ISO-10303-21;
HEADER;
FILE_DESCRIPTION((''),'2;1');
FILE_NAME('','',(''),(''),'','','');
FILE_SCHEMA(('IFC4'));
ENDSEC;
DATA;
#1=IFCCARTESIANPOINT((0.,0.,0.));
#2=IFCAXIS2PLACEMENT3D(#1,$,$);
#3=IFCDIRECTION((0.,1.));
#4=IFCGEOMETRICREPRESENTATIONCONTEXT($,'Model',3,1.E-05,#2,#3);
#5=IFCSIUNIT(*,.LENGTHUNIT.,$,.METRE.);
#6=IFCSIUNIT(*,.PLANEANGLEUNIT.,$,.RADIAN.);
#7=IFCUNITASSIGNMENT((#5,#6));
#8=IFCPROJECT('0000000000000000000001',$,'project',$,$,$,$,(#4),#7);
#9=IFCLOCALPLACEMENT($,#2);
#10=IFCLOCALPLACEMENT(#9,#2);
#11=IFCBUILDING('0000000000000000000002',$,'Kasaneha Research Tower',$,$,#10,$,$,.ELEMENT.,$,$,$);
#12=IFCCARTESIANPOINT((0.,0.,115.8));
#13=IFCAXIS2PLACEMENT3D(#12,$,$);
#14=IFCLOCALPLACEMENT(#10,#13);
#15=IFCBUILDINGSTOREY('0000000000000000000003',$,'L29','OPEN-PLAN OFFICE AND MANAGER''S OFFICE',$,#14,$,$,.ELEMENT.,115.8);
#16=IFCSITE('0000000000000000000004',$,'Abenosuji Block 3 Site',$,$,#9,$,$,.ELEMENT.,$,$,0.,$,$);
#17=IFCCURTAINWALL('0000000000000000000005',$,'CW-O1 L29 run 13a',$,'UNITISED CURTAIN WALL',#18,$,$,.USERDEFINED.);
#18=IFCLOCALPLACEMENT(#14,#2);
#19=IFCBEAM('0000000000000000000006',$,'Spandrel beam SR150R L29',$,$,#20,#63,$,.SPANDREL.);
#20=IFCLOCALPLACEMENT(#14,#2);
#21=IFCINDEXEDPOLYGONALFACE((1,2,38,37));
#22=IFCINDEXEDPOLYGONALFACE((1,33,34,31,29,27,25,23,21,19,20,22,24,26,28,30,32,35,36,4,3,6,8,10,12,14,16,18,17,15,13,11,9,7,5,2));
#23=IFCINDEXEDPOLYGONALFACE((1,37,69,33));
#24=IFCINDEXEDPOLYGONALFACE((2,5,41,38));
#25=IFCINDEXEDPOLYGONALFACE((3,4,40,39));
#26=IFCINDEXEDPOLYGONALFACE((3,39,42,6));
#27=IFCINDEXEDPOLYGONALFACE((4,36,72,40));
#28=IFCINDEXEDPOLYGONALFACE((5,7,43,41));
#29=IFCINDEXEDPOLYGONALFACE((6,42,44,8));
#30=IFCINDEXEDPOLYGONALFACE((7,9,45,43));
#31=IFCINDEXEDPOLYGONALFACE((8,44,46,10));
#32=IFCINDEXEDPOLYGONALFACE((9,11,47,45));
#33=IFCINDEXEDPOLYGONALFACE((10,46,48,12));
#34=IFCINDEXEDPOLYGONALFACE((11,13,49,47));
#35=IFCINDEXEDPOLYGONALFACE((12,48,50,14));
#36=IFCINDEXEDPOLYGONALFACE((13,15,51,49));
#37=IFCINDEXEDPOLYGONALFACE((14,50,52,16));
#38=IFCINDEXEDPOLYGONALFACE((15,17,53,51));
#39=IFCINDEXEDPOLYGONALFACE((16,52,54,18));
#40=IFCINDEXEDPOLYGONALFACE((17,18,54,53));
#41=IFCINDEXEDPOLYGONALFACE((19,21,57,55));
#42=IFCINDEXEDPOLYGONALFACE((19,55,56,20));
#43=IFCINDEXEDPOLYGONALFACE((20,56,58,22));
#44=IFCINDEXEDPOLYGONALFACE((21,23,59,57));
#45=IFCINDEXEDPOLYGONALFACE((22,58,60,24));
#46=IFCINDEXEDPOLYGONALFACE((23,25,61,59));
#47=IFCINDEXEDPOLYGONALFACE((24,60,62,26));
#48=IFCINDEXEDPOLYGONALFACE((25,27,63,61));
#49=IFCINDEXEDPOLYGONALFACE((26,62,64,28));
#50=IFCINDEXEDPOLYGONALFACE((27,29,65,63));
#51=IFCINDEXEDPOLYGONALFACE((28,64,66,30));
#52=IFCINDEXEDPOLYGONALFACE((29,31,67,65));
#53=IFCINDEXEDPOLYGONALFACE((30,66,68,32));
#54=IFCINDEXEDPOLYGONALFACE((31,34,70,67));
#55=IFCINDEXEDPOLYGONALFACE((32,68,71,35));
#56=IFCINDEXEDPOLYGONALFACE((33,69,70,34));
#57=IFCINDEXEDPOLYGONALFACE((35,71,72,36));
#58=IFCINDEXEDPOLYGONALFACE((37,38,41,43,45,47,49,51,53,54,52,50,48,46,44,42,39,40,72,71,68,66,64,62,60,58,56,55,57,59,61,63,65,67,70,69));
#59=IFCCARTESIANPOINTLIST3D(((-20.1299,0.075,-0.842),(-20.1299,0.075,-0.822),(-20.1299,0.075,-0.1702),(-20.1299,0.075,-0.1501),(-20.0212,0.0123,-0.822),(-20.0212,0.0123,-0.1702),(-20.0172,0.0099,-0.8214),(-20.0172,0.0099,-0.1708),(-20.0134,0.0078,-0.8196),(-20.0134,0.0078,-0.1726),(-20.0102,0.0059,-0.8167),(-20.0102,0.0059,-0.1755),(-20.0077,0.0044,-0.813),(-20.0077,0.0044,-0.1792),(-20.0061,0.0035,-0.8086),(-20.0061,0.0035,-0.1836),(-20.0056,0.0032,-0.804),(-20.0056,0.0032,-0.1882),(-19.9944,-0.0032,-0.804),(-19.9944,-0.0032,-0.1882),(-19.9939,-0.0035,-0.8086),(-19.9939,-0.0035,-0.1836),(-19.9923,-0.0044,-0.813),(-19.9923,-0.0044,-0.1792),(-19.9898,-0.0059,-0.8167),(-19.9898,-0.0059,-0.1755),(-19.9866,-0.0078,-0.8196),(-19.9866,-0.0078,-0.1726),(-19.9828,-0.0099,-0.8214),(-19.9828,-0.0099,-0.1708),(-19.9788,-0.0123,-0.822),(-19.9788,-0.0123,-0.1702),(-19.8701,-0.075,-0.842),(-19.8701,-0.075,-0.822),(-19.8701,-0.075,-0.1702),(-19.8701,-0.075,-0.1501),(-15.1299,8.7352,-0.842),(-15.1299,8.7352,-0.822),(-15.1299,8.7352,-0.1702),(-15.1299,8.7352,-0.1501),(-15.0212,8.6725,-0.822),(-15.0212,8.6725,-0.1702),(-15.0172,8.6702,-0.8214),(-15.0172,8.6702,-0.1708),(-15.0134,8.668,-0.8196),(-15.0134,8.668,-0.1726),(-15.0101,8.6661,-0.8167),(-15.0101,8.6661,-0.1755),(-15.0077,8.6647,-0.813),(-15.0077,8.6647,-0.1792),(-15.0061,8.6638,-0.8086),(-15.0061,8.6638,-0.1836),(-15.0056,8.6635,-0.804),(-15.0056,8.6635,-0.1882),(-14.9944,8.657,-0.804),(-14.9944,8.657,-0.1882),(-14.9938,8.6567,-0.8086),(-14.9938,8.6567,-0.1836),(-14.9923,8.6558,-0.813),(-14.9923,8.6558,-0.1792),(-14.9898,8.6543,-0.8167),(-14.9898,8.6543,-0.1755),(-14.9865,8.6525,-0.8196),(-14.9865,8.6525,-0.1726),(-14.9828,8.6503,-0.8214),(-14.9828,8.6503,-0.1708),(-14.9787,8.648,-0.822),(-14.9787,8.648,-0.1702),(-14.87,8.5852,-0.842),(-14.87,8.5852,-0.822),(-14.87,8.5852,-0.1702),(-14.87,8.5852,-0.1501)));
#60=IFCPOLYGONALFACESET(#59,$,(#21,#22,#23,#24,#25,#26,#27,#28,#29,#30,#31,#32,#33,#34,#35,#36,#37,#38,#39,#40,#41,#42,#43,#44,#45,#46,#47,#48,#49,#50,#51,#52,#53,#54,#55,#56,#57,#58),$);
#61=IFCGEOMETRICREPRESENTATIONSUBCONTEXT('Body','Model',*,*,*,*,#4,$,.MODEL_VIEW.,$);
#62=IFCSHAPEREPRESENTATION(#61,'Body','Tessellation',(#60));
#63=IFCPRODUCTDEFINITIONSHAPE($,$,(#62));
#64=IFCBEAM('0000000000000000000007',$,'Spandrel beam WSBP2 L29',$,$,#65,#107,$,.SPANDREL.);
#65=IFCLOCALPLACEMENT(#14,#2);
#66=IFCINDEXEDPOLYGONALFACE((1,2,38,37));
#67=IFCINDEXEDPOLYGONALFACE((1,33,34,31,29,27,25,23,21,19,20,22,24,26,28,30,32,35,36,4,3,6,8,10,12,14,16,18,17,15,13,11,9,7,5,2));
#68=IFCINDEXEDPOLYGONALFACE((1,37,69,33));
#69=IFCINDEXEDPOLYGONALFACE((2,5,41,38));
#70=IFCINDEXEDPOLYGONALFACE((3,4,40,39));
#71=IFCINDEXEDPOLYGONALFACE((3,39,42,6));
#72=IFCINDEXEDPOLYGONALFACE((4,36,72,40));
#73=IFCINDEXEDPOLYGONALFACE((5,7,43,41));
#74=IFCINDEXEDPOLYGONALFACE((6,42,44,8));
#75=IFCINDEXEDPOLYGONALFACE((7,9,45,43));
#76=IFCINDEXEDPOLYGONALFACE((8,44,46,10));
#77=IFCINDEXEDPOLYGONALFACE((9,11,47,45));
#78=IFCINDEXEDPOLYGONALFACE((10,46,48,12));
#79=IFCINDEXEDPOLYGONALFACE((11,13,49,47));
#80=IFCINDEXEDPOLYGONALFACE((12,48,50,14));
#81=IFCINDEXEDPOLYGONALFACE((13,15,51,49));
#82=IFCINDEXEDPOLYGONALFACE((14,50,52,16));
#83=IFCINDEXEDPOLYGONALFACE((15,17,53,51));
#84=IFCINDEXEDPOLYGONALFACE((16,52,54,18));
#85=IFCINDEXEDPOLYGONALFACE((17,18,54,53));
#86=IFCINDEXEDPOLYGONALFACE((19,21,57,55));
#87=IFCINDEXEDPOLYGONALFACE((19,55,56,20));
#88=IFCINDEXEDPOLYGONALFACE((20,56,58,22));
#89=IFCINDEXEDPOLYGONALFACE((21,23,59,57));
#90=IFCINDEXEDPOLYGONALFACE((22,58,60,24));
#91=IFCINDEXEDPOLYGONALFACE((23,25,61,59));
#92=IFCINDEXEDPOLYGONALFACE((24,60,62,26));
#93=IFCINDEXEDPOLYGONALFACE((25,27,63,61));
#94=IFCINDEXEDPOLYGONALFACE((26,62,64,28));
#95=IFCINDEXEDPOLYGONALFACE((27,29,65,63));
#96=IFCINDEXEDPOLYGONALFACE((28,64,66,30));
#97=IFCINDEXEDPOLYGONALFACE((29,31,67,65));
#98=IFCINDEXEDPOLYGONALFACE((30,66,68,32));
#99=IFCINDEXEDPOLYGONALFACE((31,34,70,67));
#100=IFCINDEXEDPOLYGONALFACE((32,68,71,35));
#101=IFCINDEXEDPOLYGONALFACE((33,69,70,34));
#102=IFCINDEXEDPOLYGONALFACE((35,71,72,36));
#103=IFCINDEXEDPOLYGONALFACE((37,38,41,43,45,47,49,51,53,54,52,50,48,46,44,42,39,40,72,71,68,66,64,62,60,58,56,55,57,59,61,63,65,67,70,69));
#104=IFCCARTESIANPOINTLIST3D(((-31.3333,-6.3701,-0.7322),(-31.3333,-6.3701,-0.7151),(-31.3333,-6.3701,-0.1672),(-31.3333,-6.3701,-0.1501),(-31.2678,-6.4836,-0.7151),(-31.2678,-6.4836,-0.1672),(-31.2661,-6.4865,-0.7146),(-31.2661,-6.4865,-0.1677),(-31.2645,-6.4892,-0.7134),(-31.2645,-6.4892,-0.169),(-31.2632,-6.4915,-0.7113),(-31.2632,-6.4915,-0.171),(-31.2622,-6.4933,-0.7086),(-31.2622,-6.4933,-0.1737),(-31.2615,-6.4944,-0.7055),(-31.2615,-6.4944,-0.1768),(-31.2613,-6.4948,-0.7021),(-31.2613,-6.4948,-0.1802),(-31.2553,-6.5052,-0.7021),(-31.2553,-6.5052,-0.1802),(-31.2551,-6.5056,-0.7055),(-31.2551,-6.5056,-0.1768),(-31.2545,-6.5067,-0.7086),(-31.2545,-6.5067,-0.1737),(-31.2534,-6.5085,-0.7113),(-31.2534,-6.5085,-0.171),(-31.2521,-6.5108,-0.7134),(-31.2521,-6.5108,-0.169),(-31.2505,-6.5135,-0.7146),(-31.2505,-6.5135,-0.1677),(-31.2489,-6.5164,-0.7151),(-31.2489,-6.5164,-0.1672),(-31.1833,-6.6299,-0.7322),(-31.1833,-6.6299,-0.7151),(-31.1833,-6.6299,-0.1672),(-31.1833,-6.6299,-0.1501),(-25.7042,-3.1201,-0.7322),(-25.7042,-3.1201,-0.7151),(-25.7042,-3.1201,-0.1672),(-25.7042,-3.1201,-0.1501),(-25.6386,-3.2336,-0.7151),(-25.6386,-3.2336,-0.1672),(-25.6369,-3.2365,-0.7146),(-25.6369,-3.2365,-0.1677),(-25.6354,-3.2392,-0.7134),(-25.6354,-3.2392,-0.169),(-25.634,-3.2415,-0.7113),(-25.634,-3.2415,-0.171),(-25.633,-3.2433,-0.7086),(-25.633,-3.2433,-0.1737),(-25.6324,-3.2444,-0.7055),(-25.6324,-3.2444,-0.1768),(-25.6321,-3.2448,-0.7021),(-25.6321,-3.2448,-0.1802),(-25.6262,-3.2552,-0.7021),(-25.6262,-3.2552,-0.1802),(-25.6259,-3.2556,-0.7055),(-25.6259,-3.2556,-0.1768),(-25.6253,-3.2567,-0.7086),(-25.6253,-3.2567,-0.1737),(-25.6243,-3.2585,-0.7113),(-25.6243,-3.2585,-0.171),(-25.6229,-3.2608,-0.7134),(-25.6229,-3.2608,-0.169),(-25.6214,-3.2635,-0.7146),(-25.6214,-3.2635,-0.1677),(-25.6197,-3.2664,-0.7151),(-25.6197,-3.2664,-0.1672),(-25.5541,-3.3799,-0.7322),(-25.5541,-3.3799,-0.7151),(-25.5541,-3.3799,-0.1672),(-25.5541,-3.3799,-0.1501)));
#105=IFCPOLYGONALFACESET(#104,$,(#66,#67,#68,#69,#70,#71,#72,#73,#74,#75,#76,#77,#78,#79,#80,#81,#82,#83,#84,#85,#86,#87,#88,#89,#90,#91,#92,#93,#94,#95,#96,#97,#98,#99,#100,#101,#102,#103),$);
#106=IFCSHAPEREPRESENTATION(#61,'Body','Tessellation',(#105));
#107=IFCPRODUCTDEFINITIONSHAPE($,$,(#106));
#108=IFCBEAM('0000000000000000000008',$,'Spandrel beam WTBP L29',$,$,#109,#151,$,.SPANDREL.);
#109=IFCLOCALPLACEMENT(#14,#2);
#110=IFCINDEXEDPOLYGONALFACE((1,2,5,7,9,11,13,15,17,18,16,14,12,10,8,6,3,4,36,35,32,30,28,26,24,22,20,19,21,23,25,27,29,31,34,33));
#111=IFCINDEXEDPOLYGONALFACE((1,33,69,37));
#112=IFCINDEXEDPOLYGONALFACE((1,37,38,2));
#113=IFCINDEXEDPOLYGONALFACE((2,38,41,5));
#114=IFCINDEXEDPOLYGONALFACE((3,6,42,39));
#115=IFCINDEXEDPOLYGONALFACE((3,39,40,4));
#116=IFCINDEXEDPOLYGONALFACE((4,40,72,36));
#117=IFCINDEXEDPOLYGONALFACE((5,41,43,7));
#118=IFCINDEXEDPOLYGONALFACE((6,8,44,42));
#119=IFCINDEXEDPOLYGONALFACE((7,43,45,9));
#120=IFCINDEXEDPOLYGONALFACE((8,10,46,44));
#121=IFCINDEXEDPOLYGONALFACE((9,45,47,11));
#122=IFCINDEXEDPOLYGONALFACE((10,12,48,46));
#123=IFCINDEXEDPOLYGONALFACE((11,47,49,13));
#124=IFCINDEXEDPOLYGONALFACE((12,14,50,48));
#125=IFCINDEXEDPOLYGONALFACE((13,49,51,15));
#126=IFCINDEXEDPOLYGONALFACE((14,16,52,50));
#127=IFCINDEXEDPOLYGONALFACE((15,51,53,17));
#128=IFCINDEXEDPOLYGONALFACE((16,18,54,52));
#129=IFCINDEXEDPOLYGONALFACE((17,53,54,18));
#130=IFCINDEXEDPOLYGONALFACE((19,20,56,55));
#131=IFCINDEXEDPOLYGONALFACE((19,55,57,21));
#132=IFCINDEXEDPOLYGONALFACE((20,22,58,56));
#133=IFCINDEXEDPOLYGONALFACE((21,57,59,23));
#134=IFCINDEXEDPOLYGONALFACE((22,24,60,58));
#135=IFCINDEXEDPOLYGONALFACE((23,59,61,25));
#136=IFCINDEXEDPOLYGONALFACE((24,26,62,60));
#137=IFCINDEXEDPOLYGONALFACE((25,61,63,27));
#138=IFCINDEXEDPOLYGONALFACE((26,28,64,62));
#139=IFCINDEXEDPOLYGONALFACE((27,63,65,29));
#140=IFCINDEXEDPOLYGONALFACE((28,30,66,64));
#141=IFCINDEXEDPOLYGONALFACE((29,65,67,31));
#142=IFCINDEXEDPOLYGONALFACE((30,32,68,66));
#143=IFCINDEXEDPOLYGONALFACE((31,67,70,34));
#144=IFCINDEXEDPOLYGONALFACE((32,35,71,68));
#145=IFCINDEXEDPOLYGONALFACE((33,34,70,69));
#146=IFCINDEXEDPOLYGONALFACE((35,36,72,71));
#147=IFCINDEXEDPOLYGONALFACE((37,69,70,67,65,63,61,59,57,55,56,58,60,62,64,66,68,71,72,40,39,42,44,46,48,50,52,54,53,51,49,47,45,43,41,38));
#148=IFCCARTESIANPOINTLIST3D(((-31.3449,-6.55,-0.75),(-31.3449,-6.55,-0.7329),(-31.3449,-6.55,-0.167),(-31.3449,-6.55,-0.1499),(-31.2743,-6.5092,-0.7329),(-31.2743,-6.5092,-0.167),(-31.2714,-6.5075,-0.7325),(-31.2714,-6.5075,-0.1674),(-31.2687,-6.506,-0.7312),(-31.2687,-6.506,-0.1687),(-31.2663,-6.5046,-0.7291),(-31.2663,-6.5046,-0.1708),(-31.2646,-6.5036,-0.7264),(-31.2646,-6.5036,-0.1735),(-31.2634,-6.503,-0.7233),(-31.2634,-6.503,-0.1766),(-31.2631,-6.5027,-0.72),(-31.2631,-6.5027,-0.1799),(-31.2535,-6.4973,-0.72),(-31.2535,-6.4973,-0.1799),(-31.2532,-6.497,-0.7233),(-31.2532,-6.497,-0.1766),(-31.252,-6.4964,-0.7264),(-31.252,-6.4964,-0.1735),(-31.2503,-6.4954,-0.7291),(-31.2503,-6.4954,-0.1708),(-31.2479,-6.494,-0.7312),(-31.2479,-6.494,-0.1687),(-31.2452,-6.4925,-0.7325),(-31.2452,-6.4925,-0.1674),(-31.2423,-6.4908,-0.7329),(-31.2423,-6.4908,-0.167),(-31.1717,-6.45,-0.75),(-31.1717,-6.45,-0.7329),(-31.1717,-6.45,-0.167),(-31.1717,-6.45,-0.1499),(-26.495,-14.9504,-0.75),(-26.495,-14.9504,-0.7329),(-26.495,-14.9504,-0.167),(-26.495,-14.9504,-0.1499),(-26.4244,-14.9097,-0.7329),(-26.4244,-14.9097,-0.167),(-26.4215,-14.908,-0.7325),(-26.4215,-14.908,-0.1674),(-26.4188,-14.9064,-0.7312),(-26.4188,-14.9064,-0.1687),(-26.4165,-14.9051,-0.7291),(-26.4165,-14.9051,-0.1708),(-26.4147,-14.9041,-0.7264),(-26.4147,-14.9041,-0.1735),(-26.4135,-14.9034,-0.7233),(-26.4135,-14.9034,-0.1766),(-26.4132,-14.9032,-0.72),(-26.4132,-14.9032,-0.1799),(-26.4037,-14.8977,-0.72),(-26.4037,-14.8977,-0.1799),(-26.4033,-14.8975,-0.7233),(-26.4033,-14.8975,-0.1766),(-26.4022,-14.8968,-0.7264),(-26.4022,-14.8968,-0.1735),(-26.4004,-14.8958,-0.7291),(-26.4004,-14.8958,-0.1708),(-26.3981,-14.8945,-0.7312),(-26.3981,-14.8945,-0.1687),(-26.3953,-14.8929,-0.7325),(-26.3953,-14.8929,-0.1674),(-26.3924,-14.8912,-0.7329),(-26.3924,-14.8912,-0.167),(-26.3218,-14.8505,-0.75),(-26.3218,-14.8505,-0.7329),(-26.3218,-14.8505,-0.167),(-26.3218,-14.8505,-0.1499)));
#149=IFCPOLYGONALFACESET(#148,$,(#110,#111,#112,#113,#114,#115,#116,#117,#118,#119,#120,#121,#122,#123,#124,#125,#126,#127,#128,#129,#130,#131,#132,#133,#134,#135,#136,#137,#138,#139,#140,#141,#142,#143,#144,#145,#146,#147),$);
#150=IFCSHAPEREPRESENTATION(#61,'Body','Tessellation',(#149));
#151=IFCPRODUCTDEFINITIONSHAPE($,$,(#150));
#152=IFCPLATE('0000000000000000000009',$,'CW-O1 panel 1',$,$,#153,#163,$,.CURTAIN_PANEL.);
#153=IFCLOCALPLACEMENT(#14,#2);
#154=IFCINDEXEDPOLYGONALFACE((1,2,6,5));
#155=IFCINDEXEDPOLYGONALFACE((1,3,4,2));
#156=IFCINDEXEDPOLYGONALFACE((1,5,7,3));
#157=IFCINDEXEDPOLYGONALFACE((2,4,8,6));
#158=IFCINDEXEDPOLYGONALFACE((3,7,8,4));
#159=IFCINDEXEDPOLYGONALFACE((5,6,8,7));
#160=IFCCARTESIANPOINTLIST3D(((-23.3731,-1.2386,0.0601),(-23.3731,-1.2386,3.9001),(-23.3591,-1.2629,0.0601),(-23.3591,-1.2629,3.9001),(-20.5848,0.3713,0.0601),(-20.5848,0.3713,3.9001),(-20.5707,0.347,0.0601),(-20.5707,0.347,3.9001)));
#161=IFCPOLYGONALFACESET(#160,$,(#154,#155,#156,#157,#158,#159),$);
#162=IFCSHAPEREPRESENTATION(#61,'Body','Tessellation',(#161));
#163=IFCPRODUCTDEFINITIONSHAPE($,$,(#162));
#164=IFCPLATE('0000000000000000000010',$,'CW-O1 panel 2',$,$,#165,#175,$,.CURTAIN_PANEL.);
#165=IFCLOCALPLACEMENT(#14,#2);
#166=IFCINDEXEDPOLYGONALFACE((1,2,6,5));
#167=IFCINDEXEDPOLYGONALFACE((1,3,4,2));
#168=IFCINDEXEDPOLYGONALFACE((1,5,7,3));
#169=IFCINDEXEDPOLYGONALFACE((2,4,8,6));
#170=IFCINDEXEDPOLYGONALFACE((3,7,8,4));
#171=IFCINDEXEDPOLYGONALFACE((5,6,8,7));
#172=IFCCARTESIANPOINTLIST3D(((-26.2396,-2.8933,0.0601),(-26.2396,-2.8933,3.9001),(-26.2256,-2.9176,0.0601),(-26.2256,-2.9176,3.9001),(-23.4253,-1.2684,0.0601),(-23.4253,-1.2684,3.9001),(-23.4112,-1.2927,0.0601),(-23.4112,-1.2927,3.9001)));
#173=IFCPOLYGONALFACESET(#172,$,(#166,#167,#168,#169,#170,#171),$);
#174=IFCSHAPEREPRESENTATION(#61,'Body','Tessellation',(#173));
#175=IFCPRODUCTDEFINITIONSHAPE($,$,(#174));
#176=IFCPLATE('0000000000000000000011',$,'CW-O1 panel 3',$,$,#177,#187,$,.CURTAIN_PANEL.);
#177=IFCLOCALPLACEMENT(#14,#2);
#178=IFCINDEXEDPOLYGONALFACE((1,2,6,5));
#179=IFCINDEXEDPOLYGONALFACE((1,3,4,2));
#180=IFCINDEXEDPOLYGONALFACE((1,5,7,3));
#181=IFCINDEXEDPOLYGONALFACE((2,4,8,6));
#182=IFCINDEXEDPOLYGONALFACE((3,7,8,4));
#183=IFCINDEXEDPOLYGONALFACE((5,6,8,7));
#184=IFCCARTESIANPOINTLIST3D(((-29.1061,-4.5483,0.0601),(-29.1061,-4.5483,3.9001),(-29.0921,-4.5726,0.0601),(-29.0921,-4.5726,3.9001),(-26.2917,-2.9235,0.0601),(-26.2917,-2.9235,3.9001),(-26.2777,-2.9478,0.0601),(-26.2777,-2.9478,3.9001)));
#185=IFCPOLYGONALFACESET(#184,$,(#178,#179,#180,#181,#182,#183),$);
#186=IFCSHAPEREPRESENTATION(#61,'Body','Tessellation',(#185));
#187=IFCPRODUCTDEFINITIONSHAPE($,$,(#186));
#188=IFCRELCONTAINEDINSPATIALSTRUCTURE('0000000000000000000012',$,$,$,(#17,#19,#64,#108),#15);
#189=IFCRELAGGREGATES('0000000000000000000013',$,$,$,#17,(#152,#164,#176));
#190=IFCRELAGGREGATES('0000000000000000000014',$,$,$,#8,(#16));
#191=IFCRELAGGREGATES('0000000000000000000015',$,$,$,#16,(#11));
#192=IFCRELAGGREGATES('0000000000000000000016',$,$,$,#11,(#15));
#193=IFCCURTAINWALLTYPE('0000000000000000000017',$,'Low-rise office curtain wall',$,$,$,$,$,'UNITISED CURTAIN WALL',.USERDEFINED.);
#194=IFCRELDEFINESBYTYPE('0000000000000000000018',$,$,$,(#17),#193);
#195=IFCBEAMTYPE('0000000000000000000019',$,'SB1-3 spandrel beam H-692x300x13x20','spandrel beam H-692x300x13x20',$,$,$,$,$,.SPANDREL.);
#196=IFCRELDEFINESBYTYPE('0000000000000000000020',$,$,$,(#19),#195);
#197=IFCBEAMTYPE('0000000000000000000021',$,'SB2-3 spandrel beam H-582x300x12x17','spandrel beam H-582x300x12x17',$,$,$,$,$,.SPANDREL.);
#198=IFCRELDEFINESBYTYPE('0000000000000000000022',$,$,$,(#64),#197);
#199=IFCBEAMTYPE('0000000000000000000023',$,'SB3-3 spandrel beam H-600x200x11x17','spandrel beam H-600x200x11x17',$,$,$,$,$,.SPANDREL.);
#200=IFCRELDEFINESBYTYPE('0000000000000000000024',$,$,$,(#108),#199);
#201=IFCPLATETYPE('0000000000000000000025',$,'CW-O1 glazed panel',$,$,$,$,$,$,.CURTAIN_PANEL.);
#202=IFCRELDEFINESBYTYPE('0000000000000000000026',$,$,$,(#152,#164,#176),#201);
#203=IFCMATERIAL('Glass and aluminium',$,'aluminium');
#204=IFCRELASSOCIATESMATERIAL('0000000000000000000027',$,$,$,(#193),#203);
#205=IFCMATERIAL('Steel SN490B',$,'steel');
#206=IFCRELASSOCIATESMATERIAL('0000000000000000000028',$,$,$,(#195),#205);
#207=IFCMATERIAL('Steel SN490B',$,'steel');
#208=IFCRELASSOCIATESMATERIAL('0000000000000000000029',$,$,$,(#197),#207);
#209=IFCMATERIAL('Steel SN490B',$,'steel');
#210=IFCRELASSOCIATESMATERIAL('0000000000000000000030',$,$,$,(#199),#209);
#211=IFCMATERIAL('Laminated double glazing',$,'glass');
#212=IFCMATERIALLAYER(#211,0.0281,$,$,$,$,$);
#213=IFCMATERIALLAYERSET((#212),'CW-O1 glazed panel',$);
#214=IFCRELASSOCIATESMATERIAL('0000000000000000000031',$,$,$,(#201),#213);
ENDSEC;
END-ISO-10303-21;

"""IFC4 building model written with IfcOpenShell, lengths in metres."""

from ifc_helpers import new_model, si_unit, direction, frame, origin, origin_2d, place, context, subcontext, project, spatial, rectangle, i_section, extrude, material, layer, layer_set, material_profile, profile_set, type_object, element, aggregate, save


model = new_model("IFC4")

# Units and contexts
model_context = context("Model", 3, precision=1e-05, world=origin(), true_north=direction((0.0, 1.0)))
body_context = subcontext(model_context, "Body", "Model", "MODEL_VIEW")
ifc_project = project(units=[si_unit("LENGTHUNIT", "METRE"), si_unit("PLANEANGLEUNIT", "RADIAN")], contexts=[model_context])

# Site, building, storey
site_placement = place(None, origin())
site = spatial("IfcSite", under=ifc_project, at=site_placement, Name="Abenosuji Block 3 Site", CompositionType="ELEMENT", RefElevation=0.0)
building_placement = place(site_placement, origin())
building = spatial("IfcBuilding", under=site, at=building_placement, Name="Kasaneha Research Tower", CompositionType="ELEMENT")
storey_placement = place(building_placement, frame((0.0, 0.0, 115.8)))
storey = spatial("IfcBuildingStorey", under=building, at=storey_placement, Name="L29", Description="OPEN-PLAN OFFICE AND MANAGER'S OFFICE", CompositionType="ELEMENT", Elevation=115.8)

# Curtain wall
ifc_material_1 = material(Name="Glass and aluminium", Category="aluminium")
curtain_wall_type = type_object("IfcCurtainWallType", Name="Low-rise office curtain wall", ElementType="UNITISED CURTAIN WALL", PredefinedType="USERDEFINED", material=ifc_material_1)
curtain_wall_1_placement = place(storey_placement, origin())
curtain_wall_1 = element("IfcCurtainWall", 1, at=curtain_wall_1_placement, inside=storey, type_object=curtain_wall_type, Name="CW-O1 L29 run 13a", ObjectType="UNITISED CURTAIN WALL", PredefinedType="USERDEFINED")

# Beams
ifc_material_2 = material(Name="Steel SN490B", Category="steel")
ifc_material_profile_1 = material_profile(ifc_material_2, i_section(OverallWidth=0.3, OverallDepth=0.6919, WebThickness=0.0129, FlangeThickness=0.02, FilletRadius=0.0181, at=origin_2d()), Name="H-692x300x13x20")
ifc_profile_set_1 = profile_set([ifc_material_profile_1], Name="Steel SN490B")
beam_type_1 = type_object("IfcBeamType", Name="SB1-3 spandrel beam H-692x300x13x20", Description="spandrel beam H-692x300x13x20", PredefinedType="SPANDREL", material=ifc_profile_set_1)
beam_1_placement = place(storey_placement, frame((-20.0, 0.0, -0.4961), z_axis=(0.500004, 0.866023, 0.0), x_axis=(-0.866023, 0.500004, 0.0)))
element("IfcBeam", 2, at=beam_1_placement, inside=storey, type_object=beam_type_1, Name="Spandrel beam SR150R L29", PredefinedType="SPANDREL", context=body_context, shape_type="SweptSolid", body=[
    extrude(i_section(OverallWidth=0.3, OverallDepth=0.6919, WebThickness=0.0129, FlangeThickness=0.02, FilletRadius=0.0181, at=origin_2d()), origin(), (0.0, 0.0, 1.0), 10.0),
])
ifc_material_3 = material(Name="Steel SN490B", Category="steel")
ifc_material_profile_2 = material_profile(ifc_material_3, i_section(OverallWidth=0.3, OverallDepth=0.582, WebThickness=0.012, FlangeThickness=0.0171, FilletRadius=0.0129, at=origin_2d()), Name="H-582x300x12x17")
ifc_profile_set_2 = profile_set([ifc_material_profile_2], Name="Steel SN490B")
beam_type_2 = type_object("IfcBeamType", Name="SB2-3 spandrel beam H-582x300x12x17", Description="spandrel beam H-582x300x12x17", PredefinedType="SPANDREL", material=ifc_profile_set_2)
beam_2_placement = place(storey_placement, frame((-25.6292, -3.25, -0.4412), z_axis=(-0.866025, -0.500001, 0.0), x_axis=(0.500001, -0.866025, 0.0)))
element("IfcBeam", 3, at=beam_2_placement, inside=storey, type_object=beam_type_2, Name="Spandrel beam WSBP2 L29", PredefinedType="SPANDREL", context=body_context, shape_type="SweptSolid", body=[
    extrude(i_section(OverallWidth=0.3, OverallDepth=0.582, WebThickness=0.012, FlangeThickness=0.0171, FilletRadius=0.0129, at=origin_2d()), origin(), (0.0, 0.0, 1.0), 6.5),
])
ifc_material_4 = material(Name="Steel SN490B", Category="steel")
ifc_material_profile_3 = material_profile(ifc_material_4, i_section(OverallWidth=0.2, OverallDepth=0.6001, WebThickness=0.011, FlangeThickness=0.0171, FilletRadius=0.0129, at=origin_2d()), Name="H-600x200x11x17")
ifc_profile_set_3 = profile_set([ifc_material_profile_3], Name="Steel SN490B")
beam_type_3 = type_object("IfcBeamType", Name="SB3-3 spandrel beam H-600x200x11x17", Description="spandrel beam H-600x200x11x17", PredefinedType="SPANDREL", material=ifc_profile_set_3)
beam_3_placement = place(storey_placement, frame((-31.2583, -6.5, -0.45), z_axis=(0.499991, -0.866031, 0.0), x_axis=(0.866031, 0.499991, 0.0)))
element("IfcBeam", 4, at=beam_3_placement, inside=storey, type_object=beam_type_3, Name="Spandrel beam WTBP L29", PredefinedType="SPANDREL", context=body_context, shape_type="SweptSolid", body=[
    extrude(i_section(OverallWidth=0.2, OverallDepth=0.6001, WebThickness=0.011, FlangeThickness=0.0171, FilletRadius=0.0129, at=origin_2d()), origin(), (0.0, 0.0, 1.0), 9.7),
])

# Plates
ifc_material_5 = material(Name="Laminated double glazing", Category="glass")
ifc_layer_1 = layer(ifc_material_5, 0.0281)
ifc_layer_set_1 = layer_set([ifc_layer_1], Name="CW-O1 glazed panel")
plate_type = type_object("IfcPlateType", Name="CW-O1 glazed panel", PredefinedType="CURTAIN_PANEL", material=ifc_layer_set_1)
plate_1_placement = place(storey_placement, frame((-21.9719, -0.4458, 0.0601), z_axis=(0.0, 0.0, 1.0), x_axis=(-0.866025, -0.5, 0.0)))
plate_1 = element("IfcPlate", 5, at=plate_1_placement, type_object=plate_type, Name="CW-O1 panel 1", PredefinedType="CURTAIN_PANEL", context=body_context, shape_type="SweptSolid", body=[
    extrude(rectangle(XDim=3.2197, YDim=0.0281, at=origin_2d()), origin(), (0.0, 0.0, 1.0), 3.8401),
])
plate_2_placement = place(storey_placement, frame((-24.8254, -2.093, 0.0601), z_axis=(0.0, 0.0, 1.0), x_axis=(-0.866025, -0.5, 0.0)))
plate_2 = element("IfcPlate", 6, at=plate_2_placement, type_object=plate_type, Name="CW-O1 panel 2", PredefinedType="CURTAIN_PANEL", context=body_context, shape_type="SweptSolid", body=[
    extrude(rectangle(XDim=3.2498, YDim=0.0281, at=origin_2d()), origin(), (0.0, 0.0, 1.0), 3.8401),
])
plate_3_placement = place(storey_placement, frame((-27.6919, -3.748, 0.0601), z_axis=(0.0, 0.0, 1.0), x_axis=(-0.866025, -0.5, 0.0)))
plate_3 = element("IfcPlate", 7, at=plate_3_placement, type_object=plate_type, Name="CW-O1 panel 3", PredefinedType="CURTAIN_PANEL", context=body_context, shape_type="SweptSolid", body=[
    extrude(rectangle(XDim=3.2498, YDim=0.0281, at=origin_2d()), origin(), (0.0, 0.0, 1.0), 3.8401),
])
aggregate(curtain_wall_1, [plate_1, plate_2, plate_3])

save(model, "model.ifc")
